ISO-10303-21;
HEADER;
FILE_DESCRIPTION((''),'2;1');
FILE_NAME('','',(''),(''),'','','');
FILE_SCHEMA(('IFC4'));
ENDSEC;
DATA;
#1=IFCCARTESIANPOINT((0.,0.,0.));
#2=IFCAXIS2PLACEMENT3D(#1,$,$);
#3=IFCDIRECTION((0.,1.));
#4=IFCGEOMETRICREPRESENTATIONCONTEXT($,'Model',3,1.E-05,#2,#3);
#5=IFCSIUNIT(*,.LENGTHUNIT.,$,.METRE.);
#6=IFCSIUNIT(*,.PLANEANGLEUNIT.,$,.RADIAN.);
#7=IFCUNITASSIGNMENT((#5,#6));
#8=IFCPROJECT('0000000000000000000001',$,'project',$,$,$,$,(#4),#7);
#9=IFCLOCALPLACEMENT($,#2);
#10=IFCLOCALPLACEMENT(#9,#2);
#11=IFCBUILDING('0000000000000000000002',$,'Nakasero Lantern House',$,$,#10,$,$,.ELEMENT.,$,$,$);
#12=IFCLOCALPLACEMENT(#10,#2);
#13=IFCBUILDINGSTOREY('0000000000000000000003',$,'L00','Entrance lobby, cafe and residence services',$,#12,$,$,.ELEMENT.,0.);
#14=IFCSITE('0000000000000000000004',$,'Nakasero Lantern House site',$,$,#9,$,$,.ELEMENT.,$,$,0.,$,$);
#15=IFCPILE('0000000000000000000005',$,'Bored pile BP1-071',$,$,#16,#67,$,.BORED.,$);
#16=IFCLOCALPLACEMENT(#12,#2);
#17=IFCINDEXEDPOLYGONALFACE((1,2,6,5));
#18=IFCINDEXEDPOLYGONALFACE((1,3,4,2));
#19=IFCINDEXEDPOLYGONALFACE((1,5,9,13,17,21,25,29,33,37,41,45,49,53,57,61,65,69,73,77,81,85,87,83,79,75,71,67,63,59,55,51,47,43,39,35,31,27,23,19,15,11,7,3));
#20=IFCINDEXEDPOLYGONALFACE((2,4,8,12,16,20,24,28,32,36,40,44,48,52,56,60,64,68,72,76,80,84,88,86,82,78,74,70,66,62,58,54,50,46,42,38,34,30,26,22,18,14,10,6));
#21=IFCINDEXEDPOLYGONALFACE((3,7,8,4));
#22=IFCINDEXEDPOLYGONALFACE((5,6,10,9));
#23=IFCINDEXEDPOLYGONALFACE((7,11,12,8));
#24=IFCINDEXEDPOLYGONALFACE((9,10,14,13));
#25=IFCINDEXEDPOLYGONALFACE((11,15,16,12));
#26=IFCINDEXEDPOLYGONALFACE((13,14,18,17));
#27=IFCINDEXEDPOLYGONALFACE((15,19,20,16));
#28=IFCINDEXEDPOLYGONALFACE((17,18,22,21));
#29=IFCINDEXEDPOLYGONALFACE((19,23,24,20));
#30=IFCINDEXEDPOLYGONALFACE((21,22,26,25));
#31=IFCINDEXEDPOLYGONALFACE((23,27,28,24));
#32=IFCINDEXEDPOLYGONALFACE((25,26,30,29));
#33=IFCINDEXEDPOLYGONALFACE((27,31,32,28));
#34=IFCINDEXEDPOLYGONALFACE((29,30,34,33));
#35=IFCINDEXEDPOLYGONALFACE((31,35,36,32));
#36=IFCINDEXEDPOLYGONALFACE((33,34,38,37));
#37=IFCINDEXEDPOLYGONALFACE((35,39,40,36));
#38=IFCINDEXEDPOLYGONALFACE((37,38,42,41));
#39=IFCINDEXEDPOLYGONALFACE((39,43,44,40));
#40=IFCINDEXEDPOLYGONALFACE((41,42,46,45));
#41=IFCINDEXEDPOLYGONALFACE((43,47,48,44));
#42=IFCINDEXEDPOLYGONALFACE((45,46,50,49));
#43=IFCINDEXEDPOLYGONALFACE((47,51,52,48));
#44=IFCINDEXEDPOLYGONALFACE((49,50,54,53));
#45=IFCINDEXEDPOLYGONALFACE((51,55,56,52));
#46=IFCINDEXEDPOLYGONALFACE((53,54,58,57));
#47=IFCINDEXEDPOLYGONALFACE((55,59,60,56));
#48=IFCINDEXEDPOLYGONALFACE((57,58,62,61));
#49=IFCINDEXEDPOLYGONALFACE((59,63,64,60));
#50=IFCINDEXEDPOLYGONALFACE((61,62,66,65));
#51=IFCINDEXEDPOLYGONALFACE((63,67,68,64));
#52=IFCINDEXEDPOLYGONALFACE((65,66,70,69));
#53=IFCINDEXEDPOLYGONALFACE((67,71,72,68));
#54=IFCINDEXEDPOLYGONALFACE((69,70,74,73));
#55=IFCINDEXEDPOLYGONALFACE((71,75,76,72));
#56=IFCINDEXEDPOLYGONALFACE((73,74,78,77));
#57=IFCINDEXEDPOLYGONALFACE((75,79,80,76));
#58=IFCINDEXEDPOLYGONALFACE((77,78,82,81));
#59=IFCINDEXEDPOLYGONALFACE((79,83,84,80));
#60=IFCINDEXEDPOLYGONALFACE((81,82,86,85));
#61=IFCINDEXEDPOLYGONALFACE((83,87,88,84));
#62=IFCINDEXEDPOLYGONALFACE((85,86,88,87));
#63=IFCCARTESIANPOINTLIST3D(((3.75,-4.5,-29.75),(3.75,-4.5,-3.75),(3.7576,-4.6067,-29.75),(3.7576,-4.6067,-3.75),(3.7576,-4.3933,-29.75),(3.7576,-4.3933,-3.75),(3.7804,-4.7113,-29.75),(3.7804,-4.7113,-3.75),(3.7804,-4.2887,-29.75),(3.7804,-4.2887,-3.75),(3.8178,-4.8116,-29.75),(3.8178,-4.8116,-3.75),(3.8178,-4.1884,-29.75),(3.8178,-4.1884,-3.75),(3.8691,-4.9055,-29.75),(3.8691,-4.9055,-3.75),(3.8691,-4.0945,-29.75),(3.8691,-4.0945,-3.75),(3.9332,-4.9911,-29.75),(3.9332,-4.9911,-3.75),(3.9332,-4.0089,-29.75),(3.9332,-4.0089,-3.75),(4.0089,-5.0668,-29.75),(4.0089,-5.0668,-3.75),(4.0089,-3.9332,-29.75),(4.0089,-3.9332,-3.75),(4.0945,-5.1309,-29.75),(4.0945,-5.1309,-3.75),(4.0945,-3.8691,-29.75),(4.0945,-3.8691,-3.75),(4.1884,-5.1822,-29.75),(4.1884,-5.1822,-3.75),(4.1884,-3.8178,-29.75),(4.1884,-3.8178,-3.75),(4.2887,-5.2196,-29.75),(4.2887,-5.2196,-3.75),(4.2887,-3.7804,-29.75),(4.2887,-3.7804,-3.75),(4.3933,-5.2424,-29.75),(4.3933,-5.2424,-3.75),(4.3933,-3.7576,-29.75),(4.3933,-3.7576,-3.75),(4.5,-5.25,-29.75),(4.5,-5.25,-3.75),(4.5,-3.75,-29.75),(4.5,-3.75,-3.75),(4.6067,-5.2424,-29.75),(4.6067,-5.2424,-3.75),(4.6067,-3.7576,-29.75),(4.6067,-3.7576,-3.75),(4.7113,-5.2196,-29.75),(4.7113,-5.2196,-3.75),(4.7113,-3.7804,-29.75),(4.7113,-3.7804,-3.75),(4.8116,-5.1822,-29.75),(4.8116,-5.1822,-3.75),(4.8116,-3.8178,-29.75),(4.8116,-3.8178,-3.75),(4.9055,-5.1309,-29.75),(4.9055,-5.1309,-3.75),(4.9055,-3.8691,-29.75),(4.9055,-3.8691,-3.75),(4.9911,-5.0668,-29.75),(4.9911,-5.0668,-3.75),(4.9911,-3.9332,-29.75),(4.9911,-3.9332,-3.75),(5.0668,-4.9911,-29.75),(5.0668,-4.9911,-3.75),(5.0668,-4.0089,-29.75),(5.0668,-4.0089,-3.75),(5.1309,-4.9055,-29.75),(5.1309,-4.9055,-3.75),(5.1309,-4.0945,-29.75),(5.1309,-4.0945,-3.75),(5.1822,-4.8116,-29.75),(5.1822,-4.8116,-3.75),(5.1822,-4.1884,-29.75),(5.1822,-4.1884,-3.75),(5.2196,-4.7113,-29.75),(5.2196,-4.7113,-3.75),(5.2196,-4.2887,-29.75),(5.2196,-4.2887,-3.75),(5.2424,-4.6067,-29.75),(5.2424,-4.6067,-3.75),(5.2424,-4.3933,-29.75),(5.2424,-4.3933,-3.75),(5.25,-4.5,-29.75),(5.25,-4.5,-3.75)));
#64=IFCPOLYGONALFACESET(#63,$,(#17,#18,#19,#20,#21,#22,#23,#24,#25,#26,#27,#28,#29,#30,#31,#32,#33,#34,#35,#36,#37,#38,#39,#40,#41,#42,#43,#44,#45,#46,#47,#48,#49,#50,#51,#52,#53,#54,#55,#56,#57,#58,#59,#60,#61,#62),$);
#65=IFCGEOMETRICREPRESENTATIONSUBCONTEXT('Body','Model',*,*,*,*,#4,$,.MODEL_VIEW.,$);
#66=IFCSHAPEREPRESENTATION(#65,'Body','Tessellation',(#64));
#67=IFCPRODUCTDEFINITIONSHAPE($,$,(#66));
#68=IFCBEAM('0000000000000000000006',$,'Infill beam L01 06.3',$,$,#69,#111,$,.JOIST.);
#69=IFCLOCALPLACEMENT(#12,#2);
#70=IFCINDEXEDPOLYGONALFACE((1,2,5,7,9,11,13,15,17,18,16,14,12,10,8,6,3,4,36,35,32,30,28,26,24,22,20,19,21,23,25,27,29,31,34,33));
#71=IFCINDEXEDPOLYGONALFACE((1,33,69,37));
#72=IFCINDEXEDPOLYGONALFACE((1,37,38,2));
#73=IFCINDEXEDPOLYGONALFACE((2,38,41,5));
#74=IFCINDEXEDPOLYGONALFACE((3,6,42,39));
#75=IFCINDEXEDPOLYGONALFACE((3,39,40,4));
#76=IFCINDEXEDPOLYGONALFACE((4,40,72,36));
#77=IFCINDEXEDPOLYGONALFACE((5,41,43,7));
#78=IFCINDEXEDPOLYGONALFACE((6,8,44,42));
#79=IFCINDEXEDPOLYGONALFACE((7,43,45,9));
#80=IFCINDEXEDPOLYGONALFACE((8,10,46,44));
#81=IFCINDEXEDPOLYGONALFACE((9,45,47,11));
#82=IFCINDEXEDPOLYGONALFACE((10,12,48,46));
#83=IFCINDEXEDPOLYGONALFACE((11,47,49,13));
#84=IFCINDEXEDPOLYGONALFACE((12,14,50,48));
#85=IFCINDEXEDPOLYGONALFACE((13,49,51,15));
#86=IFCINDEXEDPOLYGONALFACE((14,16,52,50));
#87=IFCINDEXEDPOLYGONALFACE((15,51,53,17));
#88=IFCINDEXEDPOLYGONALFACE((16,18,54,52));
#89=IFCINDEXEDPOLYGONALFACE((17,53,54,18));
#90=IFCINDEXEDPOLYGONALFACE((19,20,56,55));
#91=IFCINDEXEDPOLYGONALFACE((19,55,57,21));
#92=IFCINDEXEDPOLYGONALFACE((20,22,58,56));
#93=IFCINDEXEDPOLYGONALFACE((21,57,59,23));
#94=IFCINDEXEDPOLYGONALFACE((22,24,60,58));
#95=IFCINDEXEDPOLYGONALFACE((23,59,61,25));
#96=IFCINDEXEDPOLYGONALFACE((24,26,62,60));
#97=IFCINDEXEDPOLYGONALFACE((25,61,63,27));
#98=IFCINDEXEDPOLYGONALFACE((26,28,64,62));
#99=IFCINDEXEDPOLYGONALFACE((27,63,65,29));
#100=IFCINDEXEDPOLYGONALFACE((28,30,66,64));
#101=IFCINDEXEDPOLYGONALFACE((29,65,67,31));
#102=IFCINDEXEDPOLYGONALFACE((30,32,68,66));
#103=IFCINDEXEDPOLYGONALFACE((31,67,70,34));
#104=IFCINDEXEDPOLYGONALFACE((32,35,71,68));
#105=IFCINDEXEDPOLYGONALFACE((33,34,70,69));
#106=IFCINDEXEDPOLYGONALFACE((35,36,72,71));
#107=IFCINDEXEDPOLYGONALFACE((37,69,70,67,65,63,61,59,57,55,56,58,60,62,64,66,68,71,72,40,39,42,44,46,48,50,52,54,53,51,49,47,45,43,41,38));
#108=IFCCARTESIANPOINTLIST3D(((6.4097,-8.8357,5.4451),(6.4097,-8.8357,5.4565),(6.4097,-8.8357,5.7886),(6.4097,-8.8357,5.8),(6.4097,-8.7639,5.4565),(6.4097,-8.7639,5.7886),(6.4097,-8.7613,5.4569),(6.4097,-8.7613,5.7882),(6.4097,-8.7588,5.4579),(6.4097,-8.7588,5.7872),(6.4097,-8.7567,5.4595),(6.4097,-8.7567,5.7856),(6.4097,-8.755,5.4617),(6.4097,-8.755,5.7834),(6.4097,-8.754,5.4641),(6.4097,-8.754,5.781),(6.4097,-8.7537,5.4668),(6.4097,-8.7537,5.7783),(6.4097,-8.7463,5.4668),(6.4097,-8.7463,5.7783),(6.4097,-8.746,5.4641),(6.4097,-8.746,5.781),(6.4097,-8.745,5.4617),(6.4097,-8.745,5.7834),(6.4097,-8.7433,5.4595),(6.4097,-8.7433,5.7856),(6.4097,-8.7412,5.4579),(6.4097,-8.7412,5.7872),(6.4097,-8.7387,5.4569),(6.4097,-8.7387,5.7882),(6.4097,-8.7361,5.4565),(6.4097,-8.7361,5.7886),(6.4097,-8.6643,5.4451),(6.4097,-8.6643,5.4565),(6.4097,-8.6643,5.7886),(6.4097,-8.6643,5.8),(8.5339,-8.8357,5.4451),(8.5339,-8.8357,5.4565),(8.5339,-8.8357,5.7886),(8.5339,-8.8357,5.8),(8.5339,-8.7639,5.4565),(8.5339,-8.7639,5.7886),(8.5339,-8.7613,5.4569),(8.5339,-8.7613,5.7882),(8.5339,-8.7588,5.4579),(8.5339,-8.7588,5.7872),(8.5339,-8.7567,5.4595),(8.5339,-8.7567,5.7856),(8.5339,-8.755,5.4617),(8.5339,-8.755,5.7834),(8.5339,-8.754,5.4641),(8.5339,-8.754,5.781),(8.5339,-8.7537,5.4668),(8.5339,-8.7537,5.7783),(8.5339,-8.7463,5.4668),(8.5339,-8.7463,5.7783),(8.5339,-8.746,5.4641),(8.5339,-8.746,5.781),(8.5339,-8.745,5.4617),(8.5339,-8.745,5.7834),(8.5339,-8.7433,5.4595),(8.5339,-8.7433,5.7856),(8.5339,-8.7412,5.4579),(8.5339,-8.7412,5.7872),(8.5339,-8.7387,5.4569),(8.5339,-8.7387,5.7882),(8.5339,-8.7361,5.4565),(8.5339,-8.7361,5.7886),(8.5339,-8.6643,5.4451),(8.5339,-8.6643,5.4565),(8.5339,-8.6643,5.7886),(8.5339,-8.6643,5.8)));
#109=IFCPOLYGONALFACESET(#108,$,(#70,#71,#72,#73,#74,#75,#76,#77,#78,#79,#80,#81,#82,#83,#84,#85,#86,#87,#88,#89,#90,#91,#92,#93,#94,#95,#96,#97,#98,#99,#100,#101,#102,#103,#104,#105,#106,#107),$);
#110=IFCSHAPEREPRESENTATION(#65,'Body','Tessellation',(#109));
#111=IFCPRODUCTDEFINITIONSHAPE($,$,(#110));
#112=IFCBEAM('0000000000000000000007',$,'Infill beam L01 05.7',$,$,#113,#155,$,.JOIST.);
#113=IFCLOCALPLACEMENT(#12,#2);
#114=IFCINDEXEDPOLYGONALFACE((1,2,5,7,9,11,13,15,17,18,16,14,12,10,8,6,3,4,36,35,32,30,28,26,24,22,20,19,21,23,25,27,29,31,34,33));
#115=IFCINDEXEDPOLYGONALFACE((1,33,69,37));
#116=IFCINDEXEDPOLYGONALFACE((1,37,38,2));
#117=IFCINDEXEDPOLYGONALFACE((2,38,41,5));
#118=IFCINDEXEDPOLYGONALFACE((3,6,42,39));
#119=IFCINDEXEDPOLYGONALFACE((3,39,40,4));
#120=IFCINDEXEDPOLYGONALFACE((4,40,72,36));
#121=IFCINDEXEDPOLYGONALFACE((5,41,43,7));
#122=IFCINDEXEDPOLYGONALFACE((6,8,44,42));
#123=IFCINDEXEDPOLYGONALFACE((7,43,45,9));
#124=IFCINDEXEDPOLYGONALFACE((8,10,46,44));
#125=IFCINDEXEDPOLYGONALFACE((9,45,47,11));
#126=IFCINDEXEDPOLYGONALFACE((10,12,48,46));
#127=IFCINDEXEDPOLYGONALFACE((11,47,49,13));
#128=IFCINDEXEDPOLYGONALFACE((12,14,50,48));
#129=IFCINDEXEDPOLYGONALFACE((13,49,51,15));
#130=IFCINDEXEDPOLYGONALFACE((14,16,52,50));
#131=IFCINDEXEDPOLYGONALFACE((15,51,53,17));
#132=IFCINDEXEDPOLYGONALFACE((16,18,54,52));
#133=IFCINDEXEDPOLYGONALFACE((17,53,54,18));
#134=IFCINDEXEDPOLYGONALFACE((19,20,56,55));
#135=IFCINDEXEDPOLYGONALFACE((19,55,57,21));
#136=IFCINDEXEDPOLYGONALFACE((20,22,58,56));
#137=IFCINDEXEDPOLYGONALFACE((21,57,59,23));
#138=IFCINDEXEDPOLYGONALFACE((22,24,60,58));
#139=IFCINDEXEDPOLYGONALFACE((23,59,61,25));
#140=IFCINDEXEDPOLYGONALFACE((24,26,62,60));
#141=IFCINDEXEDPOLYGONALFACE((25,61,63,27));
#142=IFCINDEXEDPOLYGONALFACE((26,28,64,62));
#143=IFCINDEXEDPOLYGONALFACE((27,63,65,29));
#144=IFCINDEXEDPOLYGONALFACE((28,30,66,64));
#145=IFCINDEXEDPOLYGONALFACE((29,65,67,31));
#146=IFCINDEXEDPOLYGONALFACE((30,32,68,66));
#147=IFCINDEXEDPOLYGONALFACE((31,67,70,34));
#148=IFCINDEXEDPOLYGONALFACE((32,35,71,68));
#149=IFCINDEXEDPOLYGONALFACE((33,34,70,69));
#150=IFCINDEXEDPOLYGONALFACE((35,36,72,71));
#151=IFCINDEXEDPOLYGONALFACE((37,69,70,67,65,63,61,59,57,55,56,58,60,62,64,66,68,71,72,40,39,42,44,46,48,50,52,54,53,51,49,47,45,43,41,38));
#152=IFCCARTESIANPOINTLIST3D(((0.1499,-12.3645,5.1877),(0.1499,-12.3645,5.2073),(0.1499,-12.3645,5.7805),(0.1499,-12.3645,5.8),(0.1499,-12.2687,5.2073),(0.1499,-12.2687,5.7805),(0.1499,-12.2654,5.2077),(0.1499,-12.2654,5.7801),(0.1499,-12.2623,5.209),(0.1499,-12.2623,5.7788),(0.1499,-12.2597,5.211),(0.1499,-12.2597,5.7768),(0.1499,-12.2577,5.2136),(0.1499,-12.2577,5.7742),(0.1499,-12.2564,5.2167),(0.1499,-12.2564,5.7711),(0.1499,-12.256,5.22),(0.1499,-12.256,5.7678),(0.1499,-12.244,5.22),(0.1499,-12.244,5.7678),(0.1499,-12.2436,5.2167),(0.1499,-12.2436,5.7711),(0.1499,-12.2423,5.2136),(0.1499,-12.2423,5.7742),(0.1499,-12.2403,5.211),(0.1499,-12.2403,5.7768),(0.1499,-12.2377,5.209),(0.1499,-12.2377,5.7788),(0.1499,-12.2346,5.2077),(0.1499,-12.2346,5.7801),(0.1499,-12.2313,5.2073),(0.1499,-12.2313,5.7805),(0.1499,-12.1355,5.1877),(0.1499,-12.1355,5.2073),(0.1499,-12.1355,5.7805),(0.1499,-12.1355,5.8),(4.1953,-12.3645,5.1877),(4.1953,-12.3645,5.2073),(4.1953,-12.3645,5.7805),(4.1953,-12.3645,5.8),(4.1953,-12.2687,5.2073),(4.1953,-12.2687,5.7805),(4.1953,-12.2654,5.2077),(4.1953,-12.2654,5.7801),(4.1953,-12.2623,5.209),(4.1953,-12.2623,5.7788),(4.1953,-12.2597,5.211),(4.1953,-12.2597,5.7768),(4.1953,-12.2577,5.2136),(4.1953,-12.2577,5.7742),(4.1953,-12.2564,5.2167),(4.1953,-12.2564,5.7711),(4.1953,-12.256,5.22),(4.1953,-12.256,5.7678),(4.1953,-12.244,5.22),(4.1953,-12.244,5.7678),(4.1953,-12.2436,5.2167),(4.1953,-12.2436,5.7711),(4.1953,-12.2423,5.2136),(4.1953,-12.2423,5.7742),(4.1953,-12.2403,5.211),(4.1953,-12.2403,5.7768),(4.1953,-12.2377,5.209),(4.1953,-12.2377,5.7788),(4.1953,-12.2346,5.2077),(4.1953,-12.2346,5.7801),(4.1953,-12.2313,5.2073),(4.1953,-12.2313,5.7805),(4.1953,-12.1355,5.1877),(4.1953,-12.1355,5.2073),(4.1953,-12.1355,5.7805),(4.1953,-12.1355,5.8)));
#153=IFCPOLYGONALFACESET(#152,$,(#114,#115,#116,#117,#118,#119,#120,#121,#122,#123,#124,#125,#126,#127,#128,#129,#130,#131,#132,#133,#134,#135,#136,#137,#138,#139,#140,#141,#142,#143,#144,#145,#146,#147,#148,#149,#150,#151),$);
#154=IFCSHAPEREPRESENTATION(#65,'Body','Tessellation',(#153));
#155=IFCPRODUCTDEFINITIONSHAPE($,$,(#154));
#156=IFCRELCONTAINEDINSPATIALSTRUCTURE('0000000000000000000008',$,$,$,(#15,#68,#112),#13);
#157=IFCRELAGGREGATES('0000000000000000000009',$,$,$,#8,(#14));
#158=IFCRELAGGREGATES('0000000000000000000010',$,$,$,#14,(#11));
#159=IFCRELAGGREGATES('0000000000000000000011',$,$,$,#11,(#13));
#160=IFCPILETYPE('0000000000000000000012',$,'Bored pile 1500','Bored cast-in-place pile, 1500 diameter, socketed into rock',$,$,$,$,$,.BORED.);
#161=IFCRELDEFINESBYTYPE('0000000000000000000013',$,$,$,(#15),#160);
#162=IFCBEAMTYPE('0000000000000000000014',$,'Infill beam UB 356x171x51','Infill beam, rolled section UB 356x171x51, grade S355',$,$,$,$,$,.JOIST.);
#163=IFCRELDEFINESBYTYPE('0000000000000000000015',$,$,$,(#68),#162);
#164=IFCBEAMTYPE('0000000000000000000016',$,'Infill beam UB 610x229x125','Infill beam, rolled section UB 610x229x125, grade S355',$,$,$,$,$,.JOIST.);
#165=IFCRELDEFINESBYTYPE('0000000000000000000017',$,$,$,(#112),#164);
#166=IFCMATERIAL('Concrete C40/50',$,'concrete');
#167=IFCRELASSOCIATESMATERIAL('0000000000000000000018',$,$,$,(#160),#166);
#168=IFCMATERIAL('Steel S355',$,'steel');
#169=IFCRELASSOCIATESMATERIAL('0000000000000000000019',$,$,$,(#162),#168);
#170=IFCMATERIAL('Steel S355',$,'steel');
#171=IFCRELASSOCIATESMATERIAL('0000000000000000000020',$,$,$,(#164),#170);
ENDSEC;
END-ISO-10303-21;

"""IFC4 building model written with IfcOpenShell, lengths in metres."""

from ifc_helpers import new_model, si_unit, direction, frame, origin, origin_2d, place, context, subcontext, project, spatial, circle, i_section, extrude, material, material_profile, profile_set, type_object, element, save


model = new_model("IFC4")

# Units and contexts
model_context = context("Model", 3, precision=1e-05, world=origin(), true_north=direction((0.0, 1.0)))
body_context = subcontext(model_context, "Body", "Model", "MODEL_VIEW")
ifc_project = project(units=[si_unit("LENGTHUNIT", "METRE"), si_unit("PLANEANGLEUNIT", "RADIAN")], contexts=[model_context])

# Site, building, storey
site_placement = place(None, origin())
site = spatial("IfcSite", under=ifc_project, at=site_placement, Name="Nakasero Lantern House site", CompositionType="ELEMENT", RefElevation=0.0)
building_placement = place(site_placement, origin())
building = spatial("IfcBuilding", under=site, at=building_placement, Name="Nakasero Lantern House", CompositionType="ELEMENT")
storey_placement = place(building_placement, origin())
storey = spatial("IfcBuildingStorey", under=building, at=storey_placement, Name="L00", Description="Entrance lobby, cafe and residence services", CompositionType="ELEMENT", Elevation=0.0)

# Pile
ifc_material_1 = material(Name="Concrete C40/50", Category="concrete")
pile_type = type_object("IfcPileType", Name="Bored pile 1500", Description="Bored cast-in-place pile, 1500 diameter, socketed into rock", PredefinedType="BORED", material=ifc_material_1)
for number, where, z_axis, x_axis, name in (
    (1, (4.5, -4.5, -3.75), (0.0, 0.0, -1.0), (1.0, 0.0, 0.0), "Bored pile BP1-071"),
):
    element("IfcPile", number, at=place(storey_placement, frame(where, z_axis=z_axis, x_axis=x_axis)), inside=storey, type_object=pile_type, Name=name, PredefinedType="BORED", context=body_context, shape_type="SweptSolid", body=[
        extrude(circle(Radius=0.75, at=origin_2d()), origin(), (0.0, 0.0, 1.0), 26.0),
    ])

# Beams
ifc_material_2 = material(Name="Steel S355", Category="steel")
ifc_material_profile_1 = material_profile(ifc_material_2, i_section(OverallWidth=0.1714, OverallDepth=0.355, WebThickness=0.0073, FlangeThickness=0.0115, FilletRadius=0.0103, at=origin_2d()), Name="UB 356x171x51")
ifc_profile_set_1 = profile_set([ifc_material_profile_1], Name="Steel S355")
beam_type_1 = type_object("IfcBeamType", Name="Infill beam UB 356x171x51", Description="Infill beam, rolled section UB 356x171x51, grade S355", PredefinedType="JOIST", material=ifc_profile_set_1)
beam_1_placement = place(storey_placement, frame((6.4097, -8.75, 5.6226), z_axis=(1.0, 0.0, 0.0), x_axis=(0.0, 1.0, 0.0)))
element("IfcBeam", 2, at=beam_1_placement, inside=storey, type_object=beam_type_1, Name="Infill beam L01 06.3", PredefinedType="JOIST", context=body_context, shape_type="SweptSolid", body=[
    extrude(i_section(OverallWidth=0.1714, OverallDepth=0.355, WebThickness=0.0073, FlangeThickness=0.0115, FilletRadius=0.0103, at=origin_2d()), origin(), (0.0, 0.0, 1.0), 2.1243),
])
ifc_material_3 = material(Name="Steel S355", Category="steel")
ifc_material_profile_2 = material_profile(ifc_material_3, i_section(OverallWidth=0.229, OverallDepth=0.6123, WebThickness=0.012, FlangeThickness=0.0195, FilletRadius=0.0127, at=origin_2d()), Name="UB 610x229x125")
ifc_profile_set_2 = profile_set([ifc_material_profile_2], Name="Steel S355")
beam_type_2 = type_object("IfcBeamType", Name="Infill beam UB 610x229x125", Description="Infill beam, rolled section UB 610x229x125, grade S355", PredefinedType="JOIST", material=ifc_profile_set_2)
beam_2_placement = place(storey_placement, frame((0.1499, -12.25, 5.4939), z_axis=(1.0, 0.0, 0.0), x_axis=(0.0, 1.0, 0.0)))
element("IfcBeam", 3, at=beam_2_placement, inside=storey, type_object=beam_type_2, Name="Infill beam L01 05.7", PredefinedType="JOIST", context=body_context, shape_type="SweptSolid", body=[
    extrude(i_section(OverallWidth=0.229, OverallDepth=0.6123, WebThickness=0.012, FlangeThickness=0.0195, FilletRadius=0.0127, at=origin_2d()), origin(), (0.0, 0.0, 1.0), 4.0454),
])

save(model, "model.ifc")
